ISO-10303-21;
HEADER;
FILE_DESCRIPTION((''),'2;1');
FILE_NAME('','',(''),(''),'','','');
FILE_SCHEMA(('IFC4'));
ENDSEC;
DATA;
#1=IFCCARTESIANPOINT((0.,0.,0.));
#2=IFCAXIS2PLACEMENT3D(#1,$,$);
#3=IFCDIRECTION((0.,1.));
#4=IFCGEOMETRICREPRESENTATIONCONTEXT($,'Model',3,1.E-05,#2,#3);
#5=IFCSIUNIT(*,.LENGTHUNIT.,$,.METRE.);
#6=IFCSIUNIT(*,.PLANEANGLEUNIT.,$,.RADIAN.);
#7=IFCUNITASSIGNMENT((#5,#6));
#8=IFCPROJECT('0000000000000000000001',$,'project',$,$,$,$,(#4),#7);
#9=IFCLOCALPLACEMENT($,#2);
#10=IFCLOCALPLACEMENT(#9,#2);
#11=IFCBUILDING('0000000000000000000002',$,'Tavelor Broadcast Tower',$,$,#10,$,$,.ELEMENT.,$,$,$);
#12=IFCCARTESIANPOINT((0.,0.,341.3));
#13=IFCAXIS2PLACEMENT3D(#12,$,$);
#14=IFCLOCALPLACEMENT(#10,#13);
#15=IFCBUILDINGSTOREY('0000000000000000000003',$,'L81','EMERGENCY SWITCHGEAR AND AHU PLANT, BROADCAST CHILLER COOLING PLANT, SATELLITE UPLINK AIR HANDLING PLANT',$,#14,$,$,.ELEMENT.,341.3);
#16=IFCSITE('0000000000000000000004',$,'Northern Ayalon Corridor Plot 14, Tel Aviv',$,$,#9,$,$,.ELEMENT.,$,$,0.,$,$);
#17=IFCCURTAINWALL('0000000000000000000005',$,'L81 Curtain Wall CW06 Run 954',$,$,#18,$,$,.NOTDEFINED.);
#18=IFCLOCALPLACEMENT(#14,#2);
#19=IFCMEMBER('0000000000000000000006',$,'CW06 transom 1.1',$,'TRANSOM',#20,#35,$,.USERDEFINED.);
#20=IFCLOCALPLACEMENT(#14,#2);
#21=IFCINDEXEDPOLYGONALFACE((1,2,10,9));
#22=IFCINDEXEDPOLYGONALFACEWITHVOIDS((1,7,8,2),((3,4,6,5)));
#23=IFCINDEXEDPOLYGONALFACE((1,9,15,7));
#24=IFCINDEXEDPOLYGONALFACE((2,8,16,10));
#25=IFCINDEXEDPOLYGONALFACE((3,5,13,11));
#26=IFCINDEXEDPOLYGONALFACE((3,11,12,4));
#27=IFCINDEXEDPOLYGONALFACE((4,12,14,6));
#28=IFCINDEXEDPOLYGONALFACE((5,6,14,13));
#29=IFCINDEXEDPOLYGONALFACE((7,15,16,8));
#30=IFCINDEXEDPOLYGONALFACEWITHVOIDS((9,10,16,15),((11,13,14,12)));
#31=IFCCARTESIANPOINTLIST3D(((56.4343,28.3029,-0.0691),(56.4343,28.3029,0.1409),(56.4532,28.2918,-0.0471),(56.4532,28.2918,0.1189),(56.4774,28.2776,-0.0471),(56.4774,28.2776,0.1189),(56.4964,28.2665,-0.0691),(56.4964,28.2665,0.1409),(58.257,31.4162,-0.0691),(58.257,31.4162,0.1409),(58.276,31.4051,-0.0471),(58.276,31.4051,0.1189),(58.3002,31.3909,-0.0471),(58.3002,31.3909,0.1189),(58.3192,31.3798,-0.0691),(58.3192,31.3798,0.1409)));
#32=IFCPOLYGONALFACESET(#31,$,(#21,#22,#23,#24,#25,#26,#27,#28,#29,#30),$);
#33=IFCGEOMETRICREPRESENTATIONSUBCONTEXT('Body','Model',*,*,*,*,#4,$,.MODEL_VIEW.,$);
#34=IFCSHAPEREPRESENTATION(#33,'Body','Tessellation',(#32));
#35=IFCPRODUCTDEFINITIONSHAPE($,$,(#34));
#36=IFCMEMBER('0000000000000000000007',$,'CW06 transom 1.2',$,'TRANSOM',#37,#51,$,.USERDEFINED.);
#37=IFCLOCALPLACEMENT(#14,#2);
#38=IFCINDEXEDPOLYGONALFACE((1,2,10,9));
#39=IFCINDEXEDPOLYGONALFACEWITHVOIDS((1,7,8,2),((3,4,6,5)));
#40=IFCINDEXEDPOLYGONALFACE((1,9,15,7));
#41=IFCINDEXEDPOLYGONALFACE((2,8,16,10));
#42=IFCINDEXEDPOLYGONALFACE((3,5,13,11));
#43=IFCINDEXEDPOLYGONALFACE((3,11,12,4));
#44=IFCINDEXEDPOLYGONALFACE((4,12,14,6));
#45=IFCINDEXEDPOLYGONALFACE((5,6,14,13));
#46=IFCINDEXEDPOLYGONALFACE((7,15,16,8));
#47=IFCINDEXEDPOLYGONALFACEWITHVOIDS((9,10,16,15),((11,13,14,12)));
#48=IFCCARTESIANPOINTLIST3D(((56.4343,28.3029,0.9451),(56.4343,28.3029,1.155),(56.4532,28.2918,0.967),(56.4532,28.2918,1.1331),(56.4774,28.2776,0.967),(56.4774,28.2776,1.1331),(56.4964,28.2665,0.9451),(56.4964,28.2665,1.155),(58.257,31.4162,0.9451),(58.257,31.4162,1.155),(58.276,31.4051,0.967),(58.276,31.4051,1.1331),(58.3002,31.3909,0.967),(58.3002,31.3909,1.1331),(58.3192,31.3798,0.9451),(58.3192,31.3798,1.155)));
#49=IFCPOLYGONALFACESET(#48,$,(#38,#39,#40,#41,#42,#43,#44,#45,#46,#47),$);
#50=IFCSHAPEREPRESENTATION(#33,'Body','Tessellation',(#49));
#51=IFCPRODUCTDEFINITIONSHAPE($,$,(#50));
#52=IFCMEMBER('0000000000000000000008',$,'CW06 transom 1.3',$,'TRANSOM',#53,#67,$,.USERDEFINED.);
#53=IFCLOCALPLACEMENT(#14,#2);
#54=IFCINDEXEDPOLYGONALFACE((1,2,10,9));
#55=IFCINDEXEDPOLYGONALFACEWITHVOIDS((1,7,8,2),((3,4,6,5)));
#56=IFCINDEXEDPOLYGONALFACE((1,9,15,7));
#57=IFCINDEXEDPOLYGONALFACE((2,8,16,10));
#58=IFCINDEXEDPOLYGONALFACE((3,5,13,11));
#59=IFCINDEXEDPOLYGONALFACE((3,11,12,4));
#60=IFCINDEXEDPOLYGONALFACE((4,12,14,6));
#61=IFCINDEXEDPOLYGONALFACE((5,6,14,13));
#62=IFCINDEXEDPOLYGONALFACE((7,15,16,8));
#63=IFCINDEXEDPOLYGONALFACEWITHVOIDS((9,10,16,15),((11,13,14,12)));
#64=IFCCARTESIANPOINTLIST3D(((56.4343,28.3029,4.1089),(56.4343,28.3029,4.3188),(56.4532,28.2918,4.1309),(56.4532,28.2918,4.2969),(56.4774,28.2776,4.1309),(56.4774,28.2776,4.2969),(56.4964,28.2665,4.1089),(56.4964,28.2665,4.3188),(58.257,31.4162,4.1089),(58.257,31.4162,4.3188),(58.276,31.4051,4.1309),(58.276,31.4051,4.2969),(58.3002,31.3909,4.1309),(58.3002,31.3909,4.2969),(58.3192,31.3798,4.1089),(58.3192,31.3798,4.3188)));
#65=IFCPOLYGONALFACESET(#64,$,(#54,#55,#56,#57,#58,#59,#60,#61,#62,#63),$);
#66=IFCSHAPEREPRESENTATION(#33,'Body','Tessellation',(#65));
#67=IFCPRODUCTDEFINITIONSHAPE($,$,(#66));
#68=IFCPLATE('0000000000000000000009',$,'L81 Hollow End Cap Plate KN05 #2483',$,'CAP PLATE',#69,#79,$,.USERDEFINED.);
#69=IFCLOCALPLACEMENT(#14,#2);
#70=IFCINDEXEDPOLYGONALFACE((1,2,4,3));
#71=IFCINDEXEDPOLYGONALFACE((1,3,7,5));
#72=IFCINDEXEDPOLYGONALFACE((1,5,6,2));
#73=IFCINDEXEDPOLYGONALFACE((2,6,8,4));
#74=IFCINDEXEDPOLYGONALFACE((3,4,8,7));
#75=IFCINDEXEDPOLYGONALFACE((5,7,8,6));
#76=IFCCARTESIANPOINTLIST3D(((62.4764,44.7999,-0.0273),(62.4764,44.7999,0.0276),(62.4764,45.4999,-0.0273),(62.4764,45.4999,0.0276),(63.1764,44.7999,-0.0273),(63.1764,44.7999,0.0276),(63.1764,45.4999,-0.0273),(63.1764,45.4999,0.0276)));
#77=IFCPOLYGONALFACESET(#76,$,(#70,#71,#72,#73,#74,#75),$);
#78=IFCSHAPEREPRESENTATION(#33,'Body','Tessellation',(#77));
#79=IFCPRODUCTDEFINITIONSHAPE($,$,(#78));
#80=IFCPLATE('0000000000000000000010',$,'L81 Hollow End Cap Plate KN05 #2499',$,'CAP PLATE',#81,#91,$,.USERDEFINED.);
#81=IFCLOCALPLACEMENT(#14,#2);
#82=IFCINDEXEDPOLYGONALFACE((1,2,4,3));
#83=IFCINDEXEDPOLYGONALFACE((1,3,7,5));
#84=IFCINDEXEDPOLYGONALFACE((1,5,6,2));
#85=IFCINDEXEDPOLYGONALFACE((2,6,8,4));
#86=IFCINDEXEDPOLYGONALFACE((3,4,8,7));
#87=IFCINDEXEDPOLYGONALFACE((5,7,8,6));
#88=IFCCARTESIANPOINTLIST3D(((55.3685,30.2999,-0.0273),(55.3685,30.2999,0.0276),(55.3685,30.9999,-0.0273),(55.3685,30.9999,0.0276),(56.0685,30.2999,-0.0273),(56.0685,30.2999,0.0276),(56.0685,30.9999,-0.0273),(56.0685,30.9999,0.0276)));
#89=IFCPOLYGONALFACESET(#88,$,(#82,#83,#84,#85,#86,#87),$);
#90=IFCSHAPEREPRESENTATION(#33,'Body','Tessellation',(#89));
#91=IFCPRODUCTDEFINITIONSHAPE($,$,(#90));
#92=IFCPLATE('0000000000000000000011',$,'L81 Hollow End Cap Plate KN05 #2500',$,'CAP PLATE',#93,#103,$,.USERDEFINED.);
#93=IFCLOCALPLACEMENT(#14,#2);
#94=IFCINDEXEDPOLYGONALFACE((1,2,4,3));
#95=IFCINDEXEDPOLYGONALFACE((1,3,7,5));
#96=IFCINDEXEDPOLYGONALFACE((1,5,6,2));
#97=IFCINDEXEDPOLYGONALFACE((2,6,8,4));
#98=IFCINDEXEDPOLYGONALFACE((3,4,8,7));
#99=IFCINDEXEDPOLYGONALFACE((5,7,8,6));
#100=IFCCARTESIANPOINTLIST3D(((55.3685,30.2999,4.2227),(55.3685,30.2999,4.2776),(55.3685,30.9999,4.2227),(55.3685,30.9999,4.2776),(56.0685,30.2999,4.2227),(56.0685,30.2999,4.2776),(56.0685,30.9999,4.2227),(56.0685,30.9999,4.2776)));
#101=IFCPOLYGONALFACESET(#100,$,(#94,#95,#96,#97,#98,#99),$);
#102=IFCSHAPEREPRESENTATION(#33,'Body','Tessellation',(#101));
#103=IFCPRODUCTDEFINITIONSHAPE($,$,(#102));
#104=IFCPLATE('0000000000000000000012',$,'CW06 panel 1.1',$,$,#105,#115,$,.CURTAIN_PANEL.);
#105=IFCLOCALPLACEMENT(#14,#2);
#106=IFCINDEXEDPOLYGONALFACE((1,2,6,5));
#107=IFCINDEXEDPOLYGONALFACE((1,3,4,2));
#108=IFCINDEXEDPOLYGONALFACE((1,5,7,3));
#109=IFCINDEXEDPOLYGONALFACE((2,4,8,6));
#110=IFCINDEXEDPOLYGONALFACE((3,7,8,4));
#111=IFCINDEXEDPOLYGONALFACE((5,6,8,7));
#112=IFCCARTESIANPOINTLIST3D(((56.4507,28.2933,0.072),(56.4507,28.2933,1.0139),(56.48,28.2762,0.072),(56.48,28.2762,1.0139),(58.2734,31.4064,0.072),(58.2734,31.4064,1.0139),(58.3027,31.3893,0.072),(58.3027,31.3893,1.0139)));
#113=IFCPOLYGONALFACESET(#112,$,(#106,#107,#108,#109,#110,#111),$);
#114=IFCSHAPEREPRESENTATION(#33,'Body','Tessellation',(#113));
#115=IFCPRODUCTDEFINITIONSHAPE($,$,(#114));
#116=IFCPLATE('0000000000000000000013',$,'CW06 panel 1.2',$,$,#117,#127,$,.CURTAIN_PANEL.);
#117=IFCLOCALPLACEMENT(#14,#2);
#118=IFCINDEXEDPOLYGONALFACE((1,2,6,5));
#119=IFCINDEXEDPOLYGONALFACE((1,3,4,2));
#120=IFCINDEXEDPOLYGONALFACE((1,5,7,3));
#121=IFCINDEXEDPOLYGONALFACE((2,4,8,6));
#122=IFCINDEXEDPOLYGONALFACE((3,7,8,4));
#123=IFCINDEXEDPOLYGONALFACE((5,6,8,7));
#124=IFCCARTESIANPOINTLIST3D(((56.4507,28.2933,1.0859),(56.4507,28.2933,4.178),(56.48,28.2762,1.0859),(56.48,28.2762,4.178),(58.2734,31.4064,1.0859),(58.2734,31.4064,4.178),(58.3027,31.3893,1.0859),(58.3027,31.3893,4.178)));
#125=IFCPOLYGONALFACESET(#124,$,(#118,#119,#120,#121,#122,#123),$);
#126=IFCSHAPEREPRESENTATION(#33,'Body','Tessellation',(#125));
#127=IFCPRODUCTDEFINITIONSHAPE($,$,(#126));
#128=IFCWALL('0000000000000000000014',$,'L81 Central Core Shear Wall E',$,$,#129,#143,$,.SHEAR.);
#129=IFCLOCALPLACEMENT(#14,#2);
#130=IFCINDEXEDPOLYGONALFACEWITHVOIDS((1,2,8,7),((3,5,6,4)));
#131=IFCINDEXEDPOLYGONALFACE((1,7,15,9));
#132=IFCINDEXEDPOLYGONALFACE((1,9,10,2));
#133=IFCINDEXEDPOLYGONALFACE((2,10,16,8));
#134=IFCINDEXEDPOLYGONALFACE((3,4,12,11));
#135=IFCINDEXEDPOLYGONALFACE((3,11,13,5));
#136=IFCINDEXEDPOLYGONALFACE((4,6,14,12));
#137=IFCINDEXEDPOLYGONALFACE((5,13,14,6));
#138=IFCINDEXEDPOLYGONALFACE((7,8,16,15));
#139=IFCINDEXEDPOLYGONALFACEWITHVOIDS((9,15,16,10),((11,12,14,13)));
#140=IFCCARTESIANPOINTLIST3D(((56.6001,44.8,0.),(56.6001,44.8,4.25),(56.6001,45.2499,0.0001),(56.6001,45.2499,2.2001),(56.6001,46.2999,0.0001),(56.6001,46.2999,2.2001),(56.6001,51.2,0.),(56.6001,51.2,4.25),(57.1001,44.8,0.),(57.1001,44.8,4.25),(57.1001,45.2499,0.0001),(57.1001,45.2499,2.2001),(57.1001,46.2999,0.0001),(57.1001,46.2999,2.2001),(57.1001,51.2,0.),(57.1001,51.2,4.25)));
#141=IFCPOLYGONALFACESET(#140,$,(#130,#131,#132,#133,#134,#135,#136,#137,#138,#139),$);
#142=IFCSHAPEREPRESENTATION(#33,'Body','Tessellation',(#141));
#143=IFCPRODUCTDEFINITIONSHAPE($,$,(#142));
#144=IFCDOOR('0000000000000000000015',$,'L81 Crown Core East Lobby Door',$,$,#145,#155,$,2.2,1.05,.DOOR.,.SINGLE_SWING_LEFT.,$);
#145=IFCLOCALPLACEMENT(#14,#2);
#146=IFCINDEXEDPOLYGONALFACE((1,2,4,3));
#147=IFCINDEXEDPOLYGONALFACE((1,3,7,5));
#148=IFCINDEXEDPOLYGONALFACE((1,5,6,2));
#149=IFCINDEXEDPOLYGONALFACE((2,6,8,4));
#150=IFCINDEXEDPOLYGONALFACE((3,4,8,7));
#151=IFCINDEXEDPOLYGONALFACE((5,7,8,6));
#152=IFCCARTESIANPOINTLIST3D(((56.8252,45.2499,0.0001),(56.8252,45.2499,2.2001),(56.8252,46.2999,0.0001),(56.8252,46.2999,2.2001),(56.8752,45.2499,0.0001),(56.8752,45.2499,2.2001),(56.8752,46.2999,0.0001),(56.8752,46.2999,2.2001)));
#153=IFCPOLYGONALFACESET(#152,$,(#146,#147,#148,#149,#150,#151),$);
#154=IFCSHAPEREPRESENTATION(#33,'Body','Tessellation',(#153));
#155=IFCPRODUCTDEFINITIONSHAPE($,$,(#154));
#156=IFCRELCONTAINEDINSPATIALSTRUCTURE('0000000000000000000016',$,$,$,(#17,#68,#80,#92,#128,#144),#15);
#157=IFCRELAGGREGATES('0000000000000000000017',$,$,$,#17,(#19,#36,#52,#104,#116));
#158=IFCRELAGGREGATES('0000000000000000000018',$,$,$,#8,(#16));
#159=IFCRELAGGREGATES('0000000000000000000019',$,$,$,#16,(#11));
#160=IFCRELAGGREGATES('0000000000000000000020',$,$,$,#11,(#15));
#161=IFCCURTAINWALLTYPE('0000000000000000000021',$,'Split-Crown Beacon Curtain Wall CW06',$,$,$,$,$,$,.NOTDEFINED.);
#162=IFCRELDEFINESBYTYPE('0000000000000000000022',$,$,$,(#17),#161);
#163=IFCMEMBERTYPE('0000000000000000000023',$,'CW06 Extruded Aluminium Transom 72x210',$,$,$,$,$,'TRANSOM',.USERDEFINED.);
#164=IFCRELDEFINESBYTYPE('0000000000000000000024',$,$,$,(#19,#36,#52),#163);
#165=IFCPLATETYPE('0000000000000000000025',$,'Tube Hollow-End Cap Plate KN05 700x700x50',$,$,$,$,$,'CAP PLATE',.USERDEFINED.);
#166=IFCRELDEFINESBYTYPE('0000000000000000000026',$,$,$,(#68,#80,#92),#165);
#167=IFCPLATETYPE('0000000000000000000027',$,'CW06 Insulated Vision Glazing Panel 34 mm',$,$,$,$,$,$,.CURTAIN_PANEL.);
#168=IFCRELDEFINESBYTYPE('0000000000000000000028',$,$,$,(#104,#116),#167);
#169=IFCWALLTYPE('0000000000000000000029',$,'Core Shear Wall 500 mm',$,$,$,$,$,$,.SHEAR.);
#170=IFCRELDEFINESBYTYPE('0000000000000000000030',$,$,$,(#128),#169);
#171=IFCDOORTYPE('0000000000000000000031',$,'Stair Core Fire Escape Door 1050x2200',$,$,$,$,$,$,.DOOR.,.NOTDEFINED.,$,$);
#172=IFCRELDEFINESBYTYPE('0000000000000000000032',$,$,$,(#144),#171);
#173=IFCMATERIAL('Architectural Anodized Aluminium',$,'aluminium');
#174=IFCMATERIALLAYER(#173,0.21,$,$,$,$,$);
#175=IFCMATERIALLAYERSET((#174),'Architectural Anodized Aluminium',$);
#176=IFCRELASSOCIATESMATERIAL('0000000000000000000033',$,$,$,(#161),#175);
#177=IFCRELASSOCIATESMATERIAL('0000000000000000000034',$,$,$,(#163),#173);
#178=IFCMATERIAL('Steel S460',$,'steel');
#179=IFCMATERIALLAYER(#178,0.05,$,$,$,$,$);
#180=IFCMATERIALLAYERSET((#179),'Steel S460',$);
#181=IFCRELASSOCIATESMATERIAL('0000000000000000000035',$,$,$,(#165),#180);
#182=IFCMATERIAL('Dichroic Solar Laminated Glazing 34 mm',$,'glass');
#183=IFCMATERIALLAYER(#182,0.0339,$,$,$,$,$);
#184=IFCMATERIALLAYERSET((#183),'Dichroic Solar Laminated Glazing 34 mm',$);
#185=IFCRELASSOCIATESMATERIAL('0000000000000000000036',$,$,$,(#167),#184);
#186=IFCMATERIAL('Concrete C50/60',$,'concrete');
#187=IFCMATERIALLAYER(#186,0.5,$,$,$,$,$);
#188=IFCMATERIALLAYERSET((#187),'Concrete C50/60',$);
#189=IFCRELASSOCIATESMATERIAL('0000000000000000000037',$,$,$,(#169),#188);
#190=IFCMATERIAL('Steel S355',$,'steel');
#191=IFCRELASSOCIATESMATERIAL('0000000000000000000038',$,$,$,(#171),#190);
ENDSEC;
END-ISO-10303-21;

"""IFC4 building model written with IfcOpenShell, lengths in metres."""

from ifc_helpers import new_model, si_unit, direction, frame, frame_2d, origin, origin_2d, place, context, subcontext, project, spatial, rectangle, hollow_rectangle, extrude, source, transform, mapped, material, layer, layer_set, material_profile, profile_set, type_object, type_shapes, element, fill, aggregate, save


model = new_model("IFC4")

# Units and contexts
model_context = context("Model", 3, precision=1e-05, world=origin(), true_north=direction((0.0, 1.0)))
body_context = subcontext(model_context, "Body", "Model", "MODEL_VIEW")
ifc_project = project(units=[si_unit("LENGTHUNIT", "METRE"), si_unit("PLANEANGLEUNIT", "RADIAN")], contexts=[model_context])

# Site, building, storey
site_placement = place(None, origin())
site = spatial("IfcSite", under=ifc_project, at=site_placement, Name="Northern Ayalon Corridor Plot 14, Tel Aviv", CompositionType="ELEMENT", RefElevation=0.0)
building_placement = place(site_placement, origin())
building = spatial("IfcBuilding", under=site, at=building_placement, Name="Tavelor Broadcast Tower", CompositionType="ELEMENT")
storey_placement = place(building_placement, frame((0.0, 0.0, 341.3)))
storey = spatial("IfcBuildingStorey", under=building, at=storey_placement, Name="L81", Description="EMERGENCY SWITCHGEAR AND AHU PLANT, BROADCAST CHILLER COOLING PLANT, SATELLITE UPLINK AIR HANDLING PLANT", CompositionType="ELEMENT", Elevation=341.3)

# Shared definitions
ifc_material_1 = material(Name="Steel S355", Category="steel")

# Shared definitions
ifc_material_2 = material(Name="Architectural Anodized Aluminium", Category="aluminium")
ifc_layer_1 = layer(ifc_material_2, 0.21)
ifc_layer_set_1 = layer_set([ifc_layer_1], Name="Architectural Anodized Aluminium")
curtain_wall_type = type_object("IfcCurtainWallType", Name="Split-Crown Beacon Curtain Wall CW06", PredefinedType="NOTDEFINED", material=ifc_layer_set_1)

# Curtain wall
curtain_wall_1_placement = place(storey_placement, origin())
curtain_wall_1 = element("IfcCurtainWall", 1, at=curtain_wall_1_placement, inside=storey, type_object=curtain_wall_type, Name="L81 Curtain Wall CW06 Run 954", PredefinedType="NOTDEFINED")

# Members
ifc_material_profile_1 = material_profile(ifc_material_2, hollow_rectangle(XDim=0.072, YDim=0.21, WallThickness=0.022, at=origin_2d()), Name="RHS 72x210x22")
ifc_profile_set_1 = profile_set([ifc_material_profile_1], Name="Architectural Anodized Aluminium")
member_type_1 = type_object("IfcMemberType", Name="CW06 Extruded Aluminium Transom 72x210", ElementType="TRANSOM", PredefinedType="USERDEFINED", material=ifc_profile_set_1)
shared_shape_1 = source(origin(), body_context, "Body", "SweptSolid", [
    extrude(hollow_rectangle(XDim=0.072, YDim=0.21, WallThickness=0.022, at=origin_2d()), origin(), (0.0, 0.0, 1.0), 3.6077),
])
member_1_placement = place(storey_placement, frame((56.4653, 28.2847, 0.0359), z_axis=(0.505251, 0.862973, 0.0), x_axis=(-0.862973, 0.505251, 0.0)))
member_1 = element("IfcMember", 2, at=member_1_placement, type_object=member_type_1, Name="CW06 transom 1.1", ObjectType="TRANSOM", PredefinedType="USERDEFINED", context=body_context, shape_type="MappedRepresentation", body=[
    mapped(shared_shape_1, transform((0.0, 0.0, 0.0), scale=1.0)),
])
member_2_placement = place(storey_placement, frame((56.4653, 28.2847, 1.05), z_axis=(0.505251, 0.862973, 0.0), x_axis=(-0.862973, 0.505251, 0.0)))
member_2 = element("IfcMember", 3, at=member_2_placement, type_object=member_type_1, Name="CW06 transom 1.2", ObjectType="TRANSOM", PredefinedType="USERDEFINED", context=body_context, shape_type="MappedRepresentation", body=[
    mapped(shared_shape_1, transform((0.0, 0.0, 0.0), scale=1.0)),
])
member_3_placement = place(storey_placement, frame((56.4653, 28.2847, 4.2139), z_axis=(0.505251, 0.862973, 0.0), x_axis=(-0.862973, 0.505251, 0.0)))
member_3 = element("IfcMember", 4, at=member_3_placement, type_object=member_type_1, Name="CW06 transom 1.3", ObjectType="TRANSOM", PredefinedType="USERDEFINED", context=body_context, shape_type="MappedRepresentation", body=[
    mapped(shared_shape_1, transform((0.0, 0.0, 0.0), scale=1.0)),
])

# Plates
ifc_material_3 = material(Name="Steel S460", Category="steel")
ifc_layer_2 = layer(ifc_material_3, 0.05)
ifc_layer_set_2 = layer_set([ifc_layer_2], Name="Steel S460")
plate_type_1 = type_object("IfcPlateType", Name="Tube Hollow-End Cap Plate KN05 700x700x50", ElementType="CAP PLATE", PredefinedType="USERDEFINED", material=ifc_layer_set_2)
shared_shape_2 = source(origin(), body_context, "Body", "SweptSolid", [
    extrude(rectangle(XDim=0.7, YDim=0.7, at=origin_2d()), origin(), (0.0, 0.0, 1.0), 0.0549),
])
type_shapes(plate_type_1, [shared_shape_2])
for number, where, z_axis, x_axis, name in (
    (5, (62.8264, 45.1499, -0.0273), (0.0, 0.0, 1.0), (1.0, 0.0, 0.0), "L81 Hollow End Cap Plate KN05 #2483"),
    (6, (55.7185, 30.6499, -0.0273), (0.0, 0.0, 1.0), (1.0, 0.0, 0.0), "L81 Hollow End Cap Plate KN05 #2499"),
    (7, (55.7185, 30.6499, 4.2227), (0.0, 0.0, 1.0), (1.0, 0.0, 0.0), "L81 Hollow End Cap Plate KN05 #2500"),
):
    element("IfcPlate", number, at=place(storey_placement, frame(where, z_axis=z_axis, x_axis=x_axis)), inside=storey, type_object=plate_type_1, Name=name, ObjectType="CAP PLATE", PredefinedType="USERDEFINED", context=body_context, shape_type="MappedRepresentation", body=[
        mapped(shared_shape_2, transform((0.0, 0.0, 0.0), scale=1.0)),
    ])

# Plates
ifc_material_4 = material(Name="Dichroic Solar Laminated Glazing 34 mm", Category="glass")
ifc_layer_3 = layer(ifc_material_4, 0.0339)
ifc_layer_set_3 = layer_set([ifc_layer_3], Name="Dichroic Solar Laminated Glazing 34 mm")
plate_type_2 = type_object("IfcPlateType", Name="CW06 Insulated Vision Glazing Panel 34 mm", PredefinedType="CURTAIN_PANEL", material=ifc_layer_set_3)
shared_shape_3 = source(origin(), body_context, "Body", "SweptSolid", [
    extrude(rectangle(XDim=3.6074, YDim=0.0339, at=origin_2d()), origin(), (0.0, 0.0, 1.0), 0.9419),
])
plate_1_placement = place(storey_placement, frame((57.3767, 29.8413, 0.072), z_axis=(0.0, 0.0, 1.0), x_axis=(0.505266, 0.862964, 0.0)))
plate_1 = element("IfcPlate", 8, at=plate_1_placement, type_object=plate_type_2, Name="CW06 panel 1.1", PredefinedType="CURTAIN_PANEL", context=body_context, shape_type="MappedRepresentation", body=[
    mapped(shared_shape_3, transform((0.0, 0.0, 0.0), scale=1.0)),
])
shared_shape_4 = source(origin(), body_context, "Body", "SweptSolid", [
    extrude(rectangle(XDim=3.6074, YDim=0.0339, at=origin_2d()), origin(), (0.0, 0.0, 1.0), 3.092),
])
type_shapes(plate_type_2, [shared_shape_3, shared_shape_4])
plate_2_placement = place(storey_placement, frame((57.3767, 29.8413, 1.0859), z_axis=(0.0, 0.0, 1.0), x_axis=(0.505266, 0.862964, 0.0)))
plate_2 = element("IfcPlate", 9, at=plate_2_placement, type_object=plate_type_2, Name="CW06 panel 1.2", PredefinedType="CURTAIN_PANEL", context=body_context, shape_type="MappedRepresentation", body=[
    mapped(shared_shape_4, transform((0.0, 0.0, 0.0), scale=1.0)),
])
aggregate(curtain_wall_1, [member_1, member_2, member_3, plate_1, plate_2])

# Wall, opening, door
ifc_material_5 = material(Name="Concrete C50/60", Category="concrete")
ifc_layer_4 = layer(ifc_material_5, 0.5)
ifc_layer_set_4 = layer_set([ifc_layer_4], Name="Concrete C50/60")
wall_type_1 = type_object("IfcWallType", Name="Core Shear Wall 500 mm", PredefinedType="SHEAR", material=ifc_layer_set_4)
wall_1_placement = place(storey_placement, frame((56.8501, 44.8, 0.0), z_axis=(0.0, 0.0, 1.0), x_axis=(0.0, 1.0, 0.0)))
wall_1 = element("IfcWall", 10, at=wall_1_placement, inside=storey, type_object=wall_type_1, Name="L81 Central Core Shear Wall E", PredefinedType="SHEAR", context=body_context, shape_type="SweptSolid", body=[
    extrude(rectangle(XDim=6.3999, YDim=0.5, at=frame_2d((3.2, 0.0))), origin(), (0.0, 0.0, 1.0), 4.25),
])
opening_1_placement = place(wall_1_placement, frame((0.45, 0.0, 0.0)))
opening_1 = element("IfcOpeningElement", 11, at=opening_1_placement, cuts=wall_1, PredefinedType="OPENING", context=body_context, shape_type="SweptSolid", body=[
    extrude(rectangle(XDim=1.05, YDim=2.2, at=frame_2d((0.5249, 1.1001))), frame((0.0, 0.26, 0.0), z_axis=(0.0, -1.0, 0.0), x_axis=(1.0, 0.0, 0.0)), (0.0, 0.0, 1.0), 0.52),
])
door_type_1 = type_object("IfcDoorType", Name="Stair Core Fire Escape Door 1050x2200", OperationType="NOTDEFINED", PredefinedType="DOOR", material=ifc_material_1)
door_1_placement = place(opening_1_placement, origin())
door_1 = element("IfcDoor", 12, at=door_1_placement, inside=storey, type_object=door_type_1, Name="L81 Crown Core East Lobby Door", OperationType="SINGLE_SWING_LEFT", OverallHeight=2.2, OverallWidth=1.05, PredefinedType="DOOR", context=body_context, shape_type="SweptSolid", body=[
    extrude(rectangle(XDim=1.05, YDim=2.2, at=frame_2d((0.5249, 1.1001))), frame((0.0, 0.0249, 0.0), z_axis=(0.0, -1.0, 0.0), x_axis=(1.0, 0.0, 0.0)), (0.0, 0.0, 1.0), 0.05),
])
fill(opening_1, door_1)

save(model, "model.ifc")
